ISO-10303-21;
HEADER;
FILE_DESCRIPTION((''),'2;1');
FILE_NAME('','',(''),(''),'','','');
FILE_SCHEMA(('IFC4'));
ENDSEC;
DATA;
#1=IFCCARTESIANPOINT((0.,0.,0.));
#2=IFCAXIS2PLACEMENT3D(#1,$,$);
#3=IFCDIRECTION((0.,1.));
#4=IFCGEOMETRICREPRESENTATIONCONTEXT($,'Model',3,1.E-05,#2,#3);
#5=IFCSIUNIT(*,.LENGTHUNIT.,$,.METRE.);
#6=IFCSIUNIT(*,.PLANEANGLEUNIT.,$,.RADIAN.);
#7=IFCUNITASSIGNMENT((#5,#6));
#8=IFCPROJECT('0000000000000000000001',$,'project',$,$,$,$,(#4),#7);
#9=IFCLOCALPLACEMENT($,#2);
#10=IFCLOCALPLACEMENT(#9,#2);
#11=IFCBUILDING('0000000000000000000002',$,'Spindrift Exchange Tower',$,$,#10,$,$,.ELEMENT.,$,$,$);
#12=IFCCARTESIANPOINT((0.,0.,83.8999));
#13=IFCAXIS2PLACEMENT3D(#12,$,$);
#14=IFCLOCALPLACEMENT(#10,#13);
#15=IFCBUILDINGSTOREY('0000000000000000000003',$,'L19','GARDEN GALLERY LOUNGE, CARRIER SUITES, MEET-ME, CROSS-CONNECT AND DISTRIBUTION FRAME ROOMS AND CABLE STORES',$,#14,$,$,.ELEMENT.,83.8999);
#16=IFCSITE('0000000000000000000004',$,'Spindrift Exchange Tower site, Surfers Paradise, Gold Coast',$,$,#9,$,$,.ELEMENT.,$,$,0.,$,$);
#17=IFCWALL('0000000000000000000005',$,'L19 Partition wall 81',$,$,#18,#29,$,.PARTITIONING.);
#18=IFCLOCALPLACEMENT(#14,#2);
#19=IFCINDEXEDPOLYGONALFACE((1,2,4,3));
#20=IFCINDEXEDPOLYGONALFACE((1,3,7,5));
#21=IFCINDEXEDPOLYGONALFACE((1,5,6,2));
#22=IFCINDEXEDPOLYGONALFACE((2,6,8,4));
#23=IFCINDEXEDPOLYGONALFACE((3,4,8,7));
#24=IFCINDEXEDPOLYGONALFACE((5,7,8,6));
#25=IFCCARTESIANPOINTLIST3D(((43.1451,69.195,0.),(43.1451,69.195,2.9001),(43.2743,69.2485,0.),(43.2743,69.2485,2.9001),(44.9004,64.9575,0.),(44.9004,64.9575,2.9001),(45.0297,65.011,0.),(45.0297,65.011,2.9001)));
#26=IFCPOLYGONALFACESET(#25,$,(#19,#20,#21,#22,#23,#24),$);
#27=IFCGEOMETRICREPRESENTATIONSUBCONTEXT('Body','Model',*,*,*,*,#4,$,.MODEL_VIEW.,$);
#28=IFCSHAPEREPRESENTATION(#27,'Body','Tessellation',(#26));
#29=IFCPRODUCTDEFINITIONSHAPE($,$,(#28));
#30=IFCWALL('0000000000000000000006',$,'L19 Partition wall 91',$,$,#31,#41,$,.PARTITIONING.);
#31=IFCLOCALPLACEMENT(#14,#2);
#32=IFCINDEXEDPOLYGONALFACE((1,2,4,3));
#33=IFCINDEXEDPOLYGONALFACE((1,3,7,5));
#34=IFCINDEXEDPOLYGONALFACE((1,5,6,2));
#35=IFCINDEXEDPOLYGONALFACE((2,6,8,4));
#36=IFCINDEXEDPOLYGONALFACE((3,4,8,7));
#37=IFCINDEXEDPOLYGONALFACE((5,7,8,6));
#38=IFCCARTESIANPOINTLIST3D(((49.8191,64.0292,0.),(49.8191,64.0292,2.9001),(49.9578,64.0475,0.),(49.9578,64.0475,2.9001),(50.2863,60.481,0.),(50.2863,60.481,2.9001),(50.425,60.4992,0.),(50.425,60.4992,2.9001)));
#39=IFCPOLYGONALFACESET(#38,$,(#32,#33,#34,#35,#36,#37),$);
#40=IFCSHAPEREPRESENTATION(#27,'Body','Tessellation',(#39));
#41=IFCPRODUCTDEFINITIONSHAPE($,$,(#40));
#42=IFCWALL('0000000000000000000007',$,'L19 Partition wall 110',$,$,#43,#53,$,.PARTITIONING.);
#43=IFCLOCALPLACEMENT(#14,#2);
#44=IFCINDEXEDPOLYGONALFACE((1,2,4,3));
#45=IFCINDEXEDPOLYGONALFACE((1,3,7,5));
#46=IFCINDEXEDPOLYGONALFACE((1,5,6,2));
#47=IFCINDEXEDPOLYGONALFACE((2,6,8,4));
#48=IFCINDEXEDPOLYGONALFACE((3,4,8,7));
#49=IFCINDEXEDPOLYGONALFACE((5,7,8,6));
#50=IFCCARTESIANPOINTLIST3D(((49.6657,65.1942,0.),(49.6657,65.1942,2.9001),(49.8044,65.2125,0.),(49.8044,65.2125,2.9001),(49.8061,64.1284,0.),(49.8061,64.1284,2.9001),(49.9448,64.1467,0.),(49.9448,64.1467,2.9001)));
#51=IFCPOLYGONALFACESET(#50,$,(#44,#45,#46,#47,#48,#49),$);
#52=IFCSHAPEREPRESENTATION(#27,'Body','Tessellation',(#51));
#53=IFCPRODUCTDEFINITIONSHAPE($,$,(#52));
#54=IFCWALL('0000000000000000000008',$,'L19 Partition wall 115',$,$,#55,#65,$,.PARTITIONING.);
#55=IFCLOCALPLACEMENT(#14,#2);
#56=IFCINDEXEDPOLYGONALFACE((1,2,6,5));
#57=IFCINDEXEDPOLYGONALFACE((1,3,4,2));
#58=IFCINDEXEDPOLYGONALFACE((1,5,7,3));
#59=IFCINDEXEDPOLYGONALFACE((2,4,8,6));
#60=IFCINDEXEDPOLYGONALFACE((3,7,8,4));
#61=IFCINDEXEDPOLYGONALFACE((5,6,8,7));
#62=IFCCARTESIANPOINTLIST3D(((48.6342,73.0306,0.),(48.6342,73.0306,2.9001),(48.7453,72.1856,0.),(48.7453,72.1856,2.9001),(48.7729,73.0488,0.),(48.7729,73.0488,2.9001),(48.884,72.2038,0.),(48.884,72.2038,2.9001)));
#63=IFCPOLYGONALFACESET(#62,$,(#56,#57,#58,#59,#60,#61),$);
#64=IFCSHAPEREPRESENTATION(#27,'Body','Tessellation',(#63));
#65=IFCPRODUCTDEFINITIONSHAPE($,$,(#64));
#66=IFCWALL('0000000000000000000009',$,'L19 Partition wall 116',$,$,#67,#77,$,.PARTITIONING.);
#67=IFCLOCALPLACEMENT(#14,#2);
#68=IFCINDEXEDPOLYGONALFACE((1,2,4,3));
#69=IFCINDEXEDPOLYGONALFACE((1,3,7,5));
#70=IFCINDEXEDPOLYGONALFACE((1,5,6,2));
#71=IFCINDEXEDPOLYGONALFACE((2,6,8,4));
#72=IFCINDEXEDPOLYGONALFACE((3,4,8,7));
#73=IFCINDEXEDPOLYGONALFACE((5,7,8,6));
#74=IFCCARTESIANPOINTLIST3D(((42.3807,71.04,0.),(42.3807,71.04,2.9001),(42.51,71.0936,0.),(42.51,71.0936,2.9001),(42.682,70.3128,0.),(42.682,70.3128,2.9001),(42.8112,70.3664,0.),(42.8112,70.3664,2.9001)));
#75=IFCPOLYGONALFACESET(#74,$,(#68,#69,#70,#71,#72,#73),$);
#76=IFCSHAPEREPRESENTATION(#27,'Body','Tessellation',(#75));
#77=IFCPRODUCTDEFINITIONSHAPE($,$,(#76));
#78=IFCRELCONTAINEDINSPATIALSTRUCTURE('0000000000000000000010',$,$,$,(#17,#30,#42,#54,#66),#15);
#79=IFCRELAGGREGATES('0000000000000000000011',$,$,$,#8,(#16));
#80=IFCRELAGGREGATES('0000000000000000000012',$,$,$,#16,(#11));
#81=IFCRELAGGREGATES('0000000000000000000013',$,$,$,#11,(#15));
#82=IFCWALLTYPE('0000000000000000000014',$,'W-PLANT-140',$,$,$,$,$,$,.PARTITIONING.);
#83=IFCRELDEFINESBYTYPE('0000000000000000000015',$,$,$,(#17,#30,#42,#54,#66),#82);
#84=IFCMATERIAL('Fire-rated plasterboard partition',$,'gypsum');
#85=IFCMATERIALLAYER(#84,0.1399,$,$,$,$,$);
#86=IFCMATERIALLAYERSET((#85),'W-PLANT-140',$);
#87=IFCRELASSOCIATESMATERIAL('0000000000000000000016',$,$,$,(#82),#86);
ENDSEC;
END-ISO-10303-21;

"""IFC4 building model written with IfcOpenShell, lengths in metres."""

from ifc_helpers import new_model, si_unit, direction, frame, frame_2d, origin, place, context, subcontext, project, spatial, rectangle, extrude, material, layer, layer_set, type_object, element, save


model = new_model("IFC4")

# Units and contexts
model_context = context("Model", 3, precision=1e-05, world=origin(), true_north=direction((0.0, 1.0)))
body_context = subcontext(model_context, "Body", "Model", "MODEL_VIEW")
ifc_project = project(units=[si_unit("LENGTHUNIT", "METRE"), si_unit("PLANEANGLEUNIT", "RADIAN")], contexts=[model_context])

# Site, building, storey
site_placement = place(None, origin())
site = spatial("IfcSite", under=ifc_project, at=site_placement, Name="Spindrift Exchange Tower site, Surfers Paradise, Gold Coast", CompositionType="ELEMENT", RefElevation=0.0)
building_placement = place(site_placement, origin())
building = spatial("IfcBuilding", under=site, at=building_placement, Name="Spindrift Exchange Tower", CompositionType="ELEMENT")
storey_placement = place(building_placement, frame((0.0, 0.0, 83.8999)))
storey = spatial("IfcBuildingStorey", under=building, at=storey_placement, Name="L19", Description="GARDEN GALLERY LOUNGE, CARRIER SUITES, MEET-ME, CROSS-CONNECT AND DISTRIBUTION FRAME ROOMS AND CABLE STORES", CompositionType="ELEMENT", Elevation=83.8999)

# Shared definitions
ifc_material_1 = material(Name="Fire-rated plasterboard partition", Category="gypsum")

# Walls
ifc_layer_1 = layer(ifc_material_1, 0.1399)
ifc_layer_set_1 = layer_set([ifc_layer_1], Name="W-PLANT-140")
wall_type_1 = type_object("IfcWallType", Name="W-PLANT-140", PredefinedType="PARTITIONING", material=ifc_layer_set_1)
wall_1_placement = place(storey_placement, frame((44.9651, 64.9841, 0.0), z_axis=(0.0, 0.0, 1.0), x_axis=(-0.382706, 0.92387, 0.0)))
element("IfcWall", 1, at=wall_1_placement, inside=storey, type_object=wall_type_1, Name="L19 Partition wall 81", PredefinedType="PARTITIONING", context=body_context, shape_type="SweptSolid", body=[
    extrude(rectangle(XDim=4.5867, YDim=0.1399, at=frame_2d((2.2935, 0.0))), origin(), (0.0, 0.0, 1.0), 2.9001),
])
wall_2_placement = place(storey_placement, frame((50.3557, 60.49, 0.0), z_axis=(0.0, 0.0, 1.0), x_axis=(-0.130564, 0.99144, 0.0)))
element("IfcWall", 2, at=wall_2_placement, inside=storey, type_object=wall_type_1, Name="L19 Partition wall 91", PredefinedType="PARTITIONING", context=body_context, shape_type="SweptSolid", body=[
    extrude(rectangle(XDim=3.5789, YDim=0.1399, at=frame_2d((1.7896, 0.0))), origin(), (0.0, 0.0, 1.0), 2.9001),
])
wall_3_placement = place(storey_placement, frame((49.8755, 64.1375, 0.0), z_axis=(0.0, 0.0, 1.0), x_axis=(-0.130601, 0.991435, 0.0)))
element("IfcWall", 3, at=wall_3_placement, inside=storey, type_object=wall_type_1, Name="L19 Partition wall 110", PredefinedType="PARTITIONING", context=body_context, shape_type="SweptSolid", body=[
    extrude(rectangle(XDim=1.075, YDim=0.1399, at=frame_2d((0.5376, 0.0))), origin(), (0.0, 0.0, 1.0), 2.9001),
])
wall_4_placement = place(storey_placement, frame((48.8147, 72.1946, 0.0), z_axis=(0.0, 0.0, 1.0), x_axis=(-0.130343, 0.991469, 0.0)))
element("IfcWall", 4, at=wall_4_placement, inside=storey, type_object=wall_type_1, Name="L19 Partition wall 115", PredefinedType="PARTITIONING", context=body_context, shape_type="SweptSolid", body=[
    extrude(rectangle(XDim=0.8523, YDim=0.1399, at=frame_2d((0.4263, 0.0))), origin(), (0.0, 0.0, 1.0), 2.9001),
])
wall_5_placement = place(storey_placement, frame((42.7466, 70.3396, 0.0), z_axis=(0.0, 0.0, 1.0), x_axis=(-0.382699, 0.923873, 0.0)))
element("IfcWall", 5, at=wall_5_placement, inside=storey, type_object=wall_type_1, Name="L19 Partition wall 116", PredefinedType="PARTITIONING", context=body_context, shape_type="SweptSolid", body=[
    extrude(rectangle(XDim=0.7871, YDim=0.1399, at=frame_2d((0.3936, 0.0))), origin(), (0.0, 0.0, 1.0), 2.9001),
])

save(model, "model.ifc")
